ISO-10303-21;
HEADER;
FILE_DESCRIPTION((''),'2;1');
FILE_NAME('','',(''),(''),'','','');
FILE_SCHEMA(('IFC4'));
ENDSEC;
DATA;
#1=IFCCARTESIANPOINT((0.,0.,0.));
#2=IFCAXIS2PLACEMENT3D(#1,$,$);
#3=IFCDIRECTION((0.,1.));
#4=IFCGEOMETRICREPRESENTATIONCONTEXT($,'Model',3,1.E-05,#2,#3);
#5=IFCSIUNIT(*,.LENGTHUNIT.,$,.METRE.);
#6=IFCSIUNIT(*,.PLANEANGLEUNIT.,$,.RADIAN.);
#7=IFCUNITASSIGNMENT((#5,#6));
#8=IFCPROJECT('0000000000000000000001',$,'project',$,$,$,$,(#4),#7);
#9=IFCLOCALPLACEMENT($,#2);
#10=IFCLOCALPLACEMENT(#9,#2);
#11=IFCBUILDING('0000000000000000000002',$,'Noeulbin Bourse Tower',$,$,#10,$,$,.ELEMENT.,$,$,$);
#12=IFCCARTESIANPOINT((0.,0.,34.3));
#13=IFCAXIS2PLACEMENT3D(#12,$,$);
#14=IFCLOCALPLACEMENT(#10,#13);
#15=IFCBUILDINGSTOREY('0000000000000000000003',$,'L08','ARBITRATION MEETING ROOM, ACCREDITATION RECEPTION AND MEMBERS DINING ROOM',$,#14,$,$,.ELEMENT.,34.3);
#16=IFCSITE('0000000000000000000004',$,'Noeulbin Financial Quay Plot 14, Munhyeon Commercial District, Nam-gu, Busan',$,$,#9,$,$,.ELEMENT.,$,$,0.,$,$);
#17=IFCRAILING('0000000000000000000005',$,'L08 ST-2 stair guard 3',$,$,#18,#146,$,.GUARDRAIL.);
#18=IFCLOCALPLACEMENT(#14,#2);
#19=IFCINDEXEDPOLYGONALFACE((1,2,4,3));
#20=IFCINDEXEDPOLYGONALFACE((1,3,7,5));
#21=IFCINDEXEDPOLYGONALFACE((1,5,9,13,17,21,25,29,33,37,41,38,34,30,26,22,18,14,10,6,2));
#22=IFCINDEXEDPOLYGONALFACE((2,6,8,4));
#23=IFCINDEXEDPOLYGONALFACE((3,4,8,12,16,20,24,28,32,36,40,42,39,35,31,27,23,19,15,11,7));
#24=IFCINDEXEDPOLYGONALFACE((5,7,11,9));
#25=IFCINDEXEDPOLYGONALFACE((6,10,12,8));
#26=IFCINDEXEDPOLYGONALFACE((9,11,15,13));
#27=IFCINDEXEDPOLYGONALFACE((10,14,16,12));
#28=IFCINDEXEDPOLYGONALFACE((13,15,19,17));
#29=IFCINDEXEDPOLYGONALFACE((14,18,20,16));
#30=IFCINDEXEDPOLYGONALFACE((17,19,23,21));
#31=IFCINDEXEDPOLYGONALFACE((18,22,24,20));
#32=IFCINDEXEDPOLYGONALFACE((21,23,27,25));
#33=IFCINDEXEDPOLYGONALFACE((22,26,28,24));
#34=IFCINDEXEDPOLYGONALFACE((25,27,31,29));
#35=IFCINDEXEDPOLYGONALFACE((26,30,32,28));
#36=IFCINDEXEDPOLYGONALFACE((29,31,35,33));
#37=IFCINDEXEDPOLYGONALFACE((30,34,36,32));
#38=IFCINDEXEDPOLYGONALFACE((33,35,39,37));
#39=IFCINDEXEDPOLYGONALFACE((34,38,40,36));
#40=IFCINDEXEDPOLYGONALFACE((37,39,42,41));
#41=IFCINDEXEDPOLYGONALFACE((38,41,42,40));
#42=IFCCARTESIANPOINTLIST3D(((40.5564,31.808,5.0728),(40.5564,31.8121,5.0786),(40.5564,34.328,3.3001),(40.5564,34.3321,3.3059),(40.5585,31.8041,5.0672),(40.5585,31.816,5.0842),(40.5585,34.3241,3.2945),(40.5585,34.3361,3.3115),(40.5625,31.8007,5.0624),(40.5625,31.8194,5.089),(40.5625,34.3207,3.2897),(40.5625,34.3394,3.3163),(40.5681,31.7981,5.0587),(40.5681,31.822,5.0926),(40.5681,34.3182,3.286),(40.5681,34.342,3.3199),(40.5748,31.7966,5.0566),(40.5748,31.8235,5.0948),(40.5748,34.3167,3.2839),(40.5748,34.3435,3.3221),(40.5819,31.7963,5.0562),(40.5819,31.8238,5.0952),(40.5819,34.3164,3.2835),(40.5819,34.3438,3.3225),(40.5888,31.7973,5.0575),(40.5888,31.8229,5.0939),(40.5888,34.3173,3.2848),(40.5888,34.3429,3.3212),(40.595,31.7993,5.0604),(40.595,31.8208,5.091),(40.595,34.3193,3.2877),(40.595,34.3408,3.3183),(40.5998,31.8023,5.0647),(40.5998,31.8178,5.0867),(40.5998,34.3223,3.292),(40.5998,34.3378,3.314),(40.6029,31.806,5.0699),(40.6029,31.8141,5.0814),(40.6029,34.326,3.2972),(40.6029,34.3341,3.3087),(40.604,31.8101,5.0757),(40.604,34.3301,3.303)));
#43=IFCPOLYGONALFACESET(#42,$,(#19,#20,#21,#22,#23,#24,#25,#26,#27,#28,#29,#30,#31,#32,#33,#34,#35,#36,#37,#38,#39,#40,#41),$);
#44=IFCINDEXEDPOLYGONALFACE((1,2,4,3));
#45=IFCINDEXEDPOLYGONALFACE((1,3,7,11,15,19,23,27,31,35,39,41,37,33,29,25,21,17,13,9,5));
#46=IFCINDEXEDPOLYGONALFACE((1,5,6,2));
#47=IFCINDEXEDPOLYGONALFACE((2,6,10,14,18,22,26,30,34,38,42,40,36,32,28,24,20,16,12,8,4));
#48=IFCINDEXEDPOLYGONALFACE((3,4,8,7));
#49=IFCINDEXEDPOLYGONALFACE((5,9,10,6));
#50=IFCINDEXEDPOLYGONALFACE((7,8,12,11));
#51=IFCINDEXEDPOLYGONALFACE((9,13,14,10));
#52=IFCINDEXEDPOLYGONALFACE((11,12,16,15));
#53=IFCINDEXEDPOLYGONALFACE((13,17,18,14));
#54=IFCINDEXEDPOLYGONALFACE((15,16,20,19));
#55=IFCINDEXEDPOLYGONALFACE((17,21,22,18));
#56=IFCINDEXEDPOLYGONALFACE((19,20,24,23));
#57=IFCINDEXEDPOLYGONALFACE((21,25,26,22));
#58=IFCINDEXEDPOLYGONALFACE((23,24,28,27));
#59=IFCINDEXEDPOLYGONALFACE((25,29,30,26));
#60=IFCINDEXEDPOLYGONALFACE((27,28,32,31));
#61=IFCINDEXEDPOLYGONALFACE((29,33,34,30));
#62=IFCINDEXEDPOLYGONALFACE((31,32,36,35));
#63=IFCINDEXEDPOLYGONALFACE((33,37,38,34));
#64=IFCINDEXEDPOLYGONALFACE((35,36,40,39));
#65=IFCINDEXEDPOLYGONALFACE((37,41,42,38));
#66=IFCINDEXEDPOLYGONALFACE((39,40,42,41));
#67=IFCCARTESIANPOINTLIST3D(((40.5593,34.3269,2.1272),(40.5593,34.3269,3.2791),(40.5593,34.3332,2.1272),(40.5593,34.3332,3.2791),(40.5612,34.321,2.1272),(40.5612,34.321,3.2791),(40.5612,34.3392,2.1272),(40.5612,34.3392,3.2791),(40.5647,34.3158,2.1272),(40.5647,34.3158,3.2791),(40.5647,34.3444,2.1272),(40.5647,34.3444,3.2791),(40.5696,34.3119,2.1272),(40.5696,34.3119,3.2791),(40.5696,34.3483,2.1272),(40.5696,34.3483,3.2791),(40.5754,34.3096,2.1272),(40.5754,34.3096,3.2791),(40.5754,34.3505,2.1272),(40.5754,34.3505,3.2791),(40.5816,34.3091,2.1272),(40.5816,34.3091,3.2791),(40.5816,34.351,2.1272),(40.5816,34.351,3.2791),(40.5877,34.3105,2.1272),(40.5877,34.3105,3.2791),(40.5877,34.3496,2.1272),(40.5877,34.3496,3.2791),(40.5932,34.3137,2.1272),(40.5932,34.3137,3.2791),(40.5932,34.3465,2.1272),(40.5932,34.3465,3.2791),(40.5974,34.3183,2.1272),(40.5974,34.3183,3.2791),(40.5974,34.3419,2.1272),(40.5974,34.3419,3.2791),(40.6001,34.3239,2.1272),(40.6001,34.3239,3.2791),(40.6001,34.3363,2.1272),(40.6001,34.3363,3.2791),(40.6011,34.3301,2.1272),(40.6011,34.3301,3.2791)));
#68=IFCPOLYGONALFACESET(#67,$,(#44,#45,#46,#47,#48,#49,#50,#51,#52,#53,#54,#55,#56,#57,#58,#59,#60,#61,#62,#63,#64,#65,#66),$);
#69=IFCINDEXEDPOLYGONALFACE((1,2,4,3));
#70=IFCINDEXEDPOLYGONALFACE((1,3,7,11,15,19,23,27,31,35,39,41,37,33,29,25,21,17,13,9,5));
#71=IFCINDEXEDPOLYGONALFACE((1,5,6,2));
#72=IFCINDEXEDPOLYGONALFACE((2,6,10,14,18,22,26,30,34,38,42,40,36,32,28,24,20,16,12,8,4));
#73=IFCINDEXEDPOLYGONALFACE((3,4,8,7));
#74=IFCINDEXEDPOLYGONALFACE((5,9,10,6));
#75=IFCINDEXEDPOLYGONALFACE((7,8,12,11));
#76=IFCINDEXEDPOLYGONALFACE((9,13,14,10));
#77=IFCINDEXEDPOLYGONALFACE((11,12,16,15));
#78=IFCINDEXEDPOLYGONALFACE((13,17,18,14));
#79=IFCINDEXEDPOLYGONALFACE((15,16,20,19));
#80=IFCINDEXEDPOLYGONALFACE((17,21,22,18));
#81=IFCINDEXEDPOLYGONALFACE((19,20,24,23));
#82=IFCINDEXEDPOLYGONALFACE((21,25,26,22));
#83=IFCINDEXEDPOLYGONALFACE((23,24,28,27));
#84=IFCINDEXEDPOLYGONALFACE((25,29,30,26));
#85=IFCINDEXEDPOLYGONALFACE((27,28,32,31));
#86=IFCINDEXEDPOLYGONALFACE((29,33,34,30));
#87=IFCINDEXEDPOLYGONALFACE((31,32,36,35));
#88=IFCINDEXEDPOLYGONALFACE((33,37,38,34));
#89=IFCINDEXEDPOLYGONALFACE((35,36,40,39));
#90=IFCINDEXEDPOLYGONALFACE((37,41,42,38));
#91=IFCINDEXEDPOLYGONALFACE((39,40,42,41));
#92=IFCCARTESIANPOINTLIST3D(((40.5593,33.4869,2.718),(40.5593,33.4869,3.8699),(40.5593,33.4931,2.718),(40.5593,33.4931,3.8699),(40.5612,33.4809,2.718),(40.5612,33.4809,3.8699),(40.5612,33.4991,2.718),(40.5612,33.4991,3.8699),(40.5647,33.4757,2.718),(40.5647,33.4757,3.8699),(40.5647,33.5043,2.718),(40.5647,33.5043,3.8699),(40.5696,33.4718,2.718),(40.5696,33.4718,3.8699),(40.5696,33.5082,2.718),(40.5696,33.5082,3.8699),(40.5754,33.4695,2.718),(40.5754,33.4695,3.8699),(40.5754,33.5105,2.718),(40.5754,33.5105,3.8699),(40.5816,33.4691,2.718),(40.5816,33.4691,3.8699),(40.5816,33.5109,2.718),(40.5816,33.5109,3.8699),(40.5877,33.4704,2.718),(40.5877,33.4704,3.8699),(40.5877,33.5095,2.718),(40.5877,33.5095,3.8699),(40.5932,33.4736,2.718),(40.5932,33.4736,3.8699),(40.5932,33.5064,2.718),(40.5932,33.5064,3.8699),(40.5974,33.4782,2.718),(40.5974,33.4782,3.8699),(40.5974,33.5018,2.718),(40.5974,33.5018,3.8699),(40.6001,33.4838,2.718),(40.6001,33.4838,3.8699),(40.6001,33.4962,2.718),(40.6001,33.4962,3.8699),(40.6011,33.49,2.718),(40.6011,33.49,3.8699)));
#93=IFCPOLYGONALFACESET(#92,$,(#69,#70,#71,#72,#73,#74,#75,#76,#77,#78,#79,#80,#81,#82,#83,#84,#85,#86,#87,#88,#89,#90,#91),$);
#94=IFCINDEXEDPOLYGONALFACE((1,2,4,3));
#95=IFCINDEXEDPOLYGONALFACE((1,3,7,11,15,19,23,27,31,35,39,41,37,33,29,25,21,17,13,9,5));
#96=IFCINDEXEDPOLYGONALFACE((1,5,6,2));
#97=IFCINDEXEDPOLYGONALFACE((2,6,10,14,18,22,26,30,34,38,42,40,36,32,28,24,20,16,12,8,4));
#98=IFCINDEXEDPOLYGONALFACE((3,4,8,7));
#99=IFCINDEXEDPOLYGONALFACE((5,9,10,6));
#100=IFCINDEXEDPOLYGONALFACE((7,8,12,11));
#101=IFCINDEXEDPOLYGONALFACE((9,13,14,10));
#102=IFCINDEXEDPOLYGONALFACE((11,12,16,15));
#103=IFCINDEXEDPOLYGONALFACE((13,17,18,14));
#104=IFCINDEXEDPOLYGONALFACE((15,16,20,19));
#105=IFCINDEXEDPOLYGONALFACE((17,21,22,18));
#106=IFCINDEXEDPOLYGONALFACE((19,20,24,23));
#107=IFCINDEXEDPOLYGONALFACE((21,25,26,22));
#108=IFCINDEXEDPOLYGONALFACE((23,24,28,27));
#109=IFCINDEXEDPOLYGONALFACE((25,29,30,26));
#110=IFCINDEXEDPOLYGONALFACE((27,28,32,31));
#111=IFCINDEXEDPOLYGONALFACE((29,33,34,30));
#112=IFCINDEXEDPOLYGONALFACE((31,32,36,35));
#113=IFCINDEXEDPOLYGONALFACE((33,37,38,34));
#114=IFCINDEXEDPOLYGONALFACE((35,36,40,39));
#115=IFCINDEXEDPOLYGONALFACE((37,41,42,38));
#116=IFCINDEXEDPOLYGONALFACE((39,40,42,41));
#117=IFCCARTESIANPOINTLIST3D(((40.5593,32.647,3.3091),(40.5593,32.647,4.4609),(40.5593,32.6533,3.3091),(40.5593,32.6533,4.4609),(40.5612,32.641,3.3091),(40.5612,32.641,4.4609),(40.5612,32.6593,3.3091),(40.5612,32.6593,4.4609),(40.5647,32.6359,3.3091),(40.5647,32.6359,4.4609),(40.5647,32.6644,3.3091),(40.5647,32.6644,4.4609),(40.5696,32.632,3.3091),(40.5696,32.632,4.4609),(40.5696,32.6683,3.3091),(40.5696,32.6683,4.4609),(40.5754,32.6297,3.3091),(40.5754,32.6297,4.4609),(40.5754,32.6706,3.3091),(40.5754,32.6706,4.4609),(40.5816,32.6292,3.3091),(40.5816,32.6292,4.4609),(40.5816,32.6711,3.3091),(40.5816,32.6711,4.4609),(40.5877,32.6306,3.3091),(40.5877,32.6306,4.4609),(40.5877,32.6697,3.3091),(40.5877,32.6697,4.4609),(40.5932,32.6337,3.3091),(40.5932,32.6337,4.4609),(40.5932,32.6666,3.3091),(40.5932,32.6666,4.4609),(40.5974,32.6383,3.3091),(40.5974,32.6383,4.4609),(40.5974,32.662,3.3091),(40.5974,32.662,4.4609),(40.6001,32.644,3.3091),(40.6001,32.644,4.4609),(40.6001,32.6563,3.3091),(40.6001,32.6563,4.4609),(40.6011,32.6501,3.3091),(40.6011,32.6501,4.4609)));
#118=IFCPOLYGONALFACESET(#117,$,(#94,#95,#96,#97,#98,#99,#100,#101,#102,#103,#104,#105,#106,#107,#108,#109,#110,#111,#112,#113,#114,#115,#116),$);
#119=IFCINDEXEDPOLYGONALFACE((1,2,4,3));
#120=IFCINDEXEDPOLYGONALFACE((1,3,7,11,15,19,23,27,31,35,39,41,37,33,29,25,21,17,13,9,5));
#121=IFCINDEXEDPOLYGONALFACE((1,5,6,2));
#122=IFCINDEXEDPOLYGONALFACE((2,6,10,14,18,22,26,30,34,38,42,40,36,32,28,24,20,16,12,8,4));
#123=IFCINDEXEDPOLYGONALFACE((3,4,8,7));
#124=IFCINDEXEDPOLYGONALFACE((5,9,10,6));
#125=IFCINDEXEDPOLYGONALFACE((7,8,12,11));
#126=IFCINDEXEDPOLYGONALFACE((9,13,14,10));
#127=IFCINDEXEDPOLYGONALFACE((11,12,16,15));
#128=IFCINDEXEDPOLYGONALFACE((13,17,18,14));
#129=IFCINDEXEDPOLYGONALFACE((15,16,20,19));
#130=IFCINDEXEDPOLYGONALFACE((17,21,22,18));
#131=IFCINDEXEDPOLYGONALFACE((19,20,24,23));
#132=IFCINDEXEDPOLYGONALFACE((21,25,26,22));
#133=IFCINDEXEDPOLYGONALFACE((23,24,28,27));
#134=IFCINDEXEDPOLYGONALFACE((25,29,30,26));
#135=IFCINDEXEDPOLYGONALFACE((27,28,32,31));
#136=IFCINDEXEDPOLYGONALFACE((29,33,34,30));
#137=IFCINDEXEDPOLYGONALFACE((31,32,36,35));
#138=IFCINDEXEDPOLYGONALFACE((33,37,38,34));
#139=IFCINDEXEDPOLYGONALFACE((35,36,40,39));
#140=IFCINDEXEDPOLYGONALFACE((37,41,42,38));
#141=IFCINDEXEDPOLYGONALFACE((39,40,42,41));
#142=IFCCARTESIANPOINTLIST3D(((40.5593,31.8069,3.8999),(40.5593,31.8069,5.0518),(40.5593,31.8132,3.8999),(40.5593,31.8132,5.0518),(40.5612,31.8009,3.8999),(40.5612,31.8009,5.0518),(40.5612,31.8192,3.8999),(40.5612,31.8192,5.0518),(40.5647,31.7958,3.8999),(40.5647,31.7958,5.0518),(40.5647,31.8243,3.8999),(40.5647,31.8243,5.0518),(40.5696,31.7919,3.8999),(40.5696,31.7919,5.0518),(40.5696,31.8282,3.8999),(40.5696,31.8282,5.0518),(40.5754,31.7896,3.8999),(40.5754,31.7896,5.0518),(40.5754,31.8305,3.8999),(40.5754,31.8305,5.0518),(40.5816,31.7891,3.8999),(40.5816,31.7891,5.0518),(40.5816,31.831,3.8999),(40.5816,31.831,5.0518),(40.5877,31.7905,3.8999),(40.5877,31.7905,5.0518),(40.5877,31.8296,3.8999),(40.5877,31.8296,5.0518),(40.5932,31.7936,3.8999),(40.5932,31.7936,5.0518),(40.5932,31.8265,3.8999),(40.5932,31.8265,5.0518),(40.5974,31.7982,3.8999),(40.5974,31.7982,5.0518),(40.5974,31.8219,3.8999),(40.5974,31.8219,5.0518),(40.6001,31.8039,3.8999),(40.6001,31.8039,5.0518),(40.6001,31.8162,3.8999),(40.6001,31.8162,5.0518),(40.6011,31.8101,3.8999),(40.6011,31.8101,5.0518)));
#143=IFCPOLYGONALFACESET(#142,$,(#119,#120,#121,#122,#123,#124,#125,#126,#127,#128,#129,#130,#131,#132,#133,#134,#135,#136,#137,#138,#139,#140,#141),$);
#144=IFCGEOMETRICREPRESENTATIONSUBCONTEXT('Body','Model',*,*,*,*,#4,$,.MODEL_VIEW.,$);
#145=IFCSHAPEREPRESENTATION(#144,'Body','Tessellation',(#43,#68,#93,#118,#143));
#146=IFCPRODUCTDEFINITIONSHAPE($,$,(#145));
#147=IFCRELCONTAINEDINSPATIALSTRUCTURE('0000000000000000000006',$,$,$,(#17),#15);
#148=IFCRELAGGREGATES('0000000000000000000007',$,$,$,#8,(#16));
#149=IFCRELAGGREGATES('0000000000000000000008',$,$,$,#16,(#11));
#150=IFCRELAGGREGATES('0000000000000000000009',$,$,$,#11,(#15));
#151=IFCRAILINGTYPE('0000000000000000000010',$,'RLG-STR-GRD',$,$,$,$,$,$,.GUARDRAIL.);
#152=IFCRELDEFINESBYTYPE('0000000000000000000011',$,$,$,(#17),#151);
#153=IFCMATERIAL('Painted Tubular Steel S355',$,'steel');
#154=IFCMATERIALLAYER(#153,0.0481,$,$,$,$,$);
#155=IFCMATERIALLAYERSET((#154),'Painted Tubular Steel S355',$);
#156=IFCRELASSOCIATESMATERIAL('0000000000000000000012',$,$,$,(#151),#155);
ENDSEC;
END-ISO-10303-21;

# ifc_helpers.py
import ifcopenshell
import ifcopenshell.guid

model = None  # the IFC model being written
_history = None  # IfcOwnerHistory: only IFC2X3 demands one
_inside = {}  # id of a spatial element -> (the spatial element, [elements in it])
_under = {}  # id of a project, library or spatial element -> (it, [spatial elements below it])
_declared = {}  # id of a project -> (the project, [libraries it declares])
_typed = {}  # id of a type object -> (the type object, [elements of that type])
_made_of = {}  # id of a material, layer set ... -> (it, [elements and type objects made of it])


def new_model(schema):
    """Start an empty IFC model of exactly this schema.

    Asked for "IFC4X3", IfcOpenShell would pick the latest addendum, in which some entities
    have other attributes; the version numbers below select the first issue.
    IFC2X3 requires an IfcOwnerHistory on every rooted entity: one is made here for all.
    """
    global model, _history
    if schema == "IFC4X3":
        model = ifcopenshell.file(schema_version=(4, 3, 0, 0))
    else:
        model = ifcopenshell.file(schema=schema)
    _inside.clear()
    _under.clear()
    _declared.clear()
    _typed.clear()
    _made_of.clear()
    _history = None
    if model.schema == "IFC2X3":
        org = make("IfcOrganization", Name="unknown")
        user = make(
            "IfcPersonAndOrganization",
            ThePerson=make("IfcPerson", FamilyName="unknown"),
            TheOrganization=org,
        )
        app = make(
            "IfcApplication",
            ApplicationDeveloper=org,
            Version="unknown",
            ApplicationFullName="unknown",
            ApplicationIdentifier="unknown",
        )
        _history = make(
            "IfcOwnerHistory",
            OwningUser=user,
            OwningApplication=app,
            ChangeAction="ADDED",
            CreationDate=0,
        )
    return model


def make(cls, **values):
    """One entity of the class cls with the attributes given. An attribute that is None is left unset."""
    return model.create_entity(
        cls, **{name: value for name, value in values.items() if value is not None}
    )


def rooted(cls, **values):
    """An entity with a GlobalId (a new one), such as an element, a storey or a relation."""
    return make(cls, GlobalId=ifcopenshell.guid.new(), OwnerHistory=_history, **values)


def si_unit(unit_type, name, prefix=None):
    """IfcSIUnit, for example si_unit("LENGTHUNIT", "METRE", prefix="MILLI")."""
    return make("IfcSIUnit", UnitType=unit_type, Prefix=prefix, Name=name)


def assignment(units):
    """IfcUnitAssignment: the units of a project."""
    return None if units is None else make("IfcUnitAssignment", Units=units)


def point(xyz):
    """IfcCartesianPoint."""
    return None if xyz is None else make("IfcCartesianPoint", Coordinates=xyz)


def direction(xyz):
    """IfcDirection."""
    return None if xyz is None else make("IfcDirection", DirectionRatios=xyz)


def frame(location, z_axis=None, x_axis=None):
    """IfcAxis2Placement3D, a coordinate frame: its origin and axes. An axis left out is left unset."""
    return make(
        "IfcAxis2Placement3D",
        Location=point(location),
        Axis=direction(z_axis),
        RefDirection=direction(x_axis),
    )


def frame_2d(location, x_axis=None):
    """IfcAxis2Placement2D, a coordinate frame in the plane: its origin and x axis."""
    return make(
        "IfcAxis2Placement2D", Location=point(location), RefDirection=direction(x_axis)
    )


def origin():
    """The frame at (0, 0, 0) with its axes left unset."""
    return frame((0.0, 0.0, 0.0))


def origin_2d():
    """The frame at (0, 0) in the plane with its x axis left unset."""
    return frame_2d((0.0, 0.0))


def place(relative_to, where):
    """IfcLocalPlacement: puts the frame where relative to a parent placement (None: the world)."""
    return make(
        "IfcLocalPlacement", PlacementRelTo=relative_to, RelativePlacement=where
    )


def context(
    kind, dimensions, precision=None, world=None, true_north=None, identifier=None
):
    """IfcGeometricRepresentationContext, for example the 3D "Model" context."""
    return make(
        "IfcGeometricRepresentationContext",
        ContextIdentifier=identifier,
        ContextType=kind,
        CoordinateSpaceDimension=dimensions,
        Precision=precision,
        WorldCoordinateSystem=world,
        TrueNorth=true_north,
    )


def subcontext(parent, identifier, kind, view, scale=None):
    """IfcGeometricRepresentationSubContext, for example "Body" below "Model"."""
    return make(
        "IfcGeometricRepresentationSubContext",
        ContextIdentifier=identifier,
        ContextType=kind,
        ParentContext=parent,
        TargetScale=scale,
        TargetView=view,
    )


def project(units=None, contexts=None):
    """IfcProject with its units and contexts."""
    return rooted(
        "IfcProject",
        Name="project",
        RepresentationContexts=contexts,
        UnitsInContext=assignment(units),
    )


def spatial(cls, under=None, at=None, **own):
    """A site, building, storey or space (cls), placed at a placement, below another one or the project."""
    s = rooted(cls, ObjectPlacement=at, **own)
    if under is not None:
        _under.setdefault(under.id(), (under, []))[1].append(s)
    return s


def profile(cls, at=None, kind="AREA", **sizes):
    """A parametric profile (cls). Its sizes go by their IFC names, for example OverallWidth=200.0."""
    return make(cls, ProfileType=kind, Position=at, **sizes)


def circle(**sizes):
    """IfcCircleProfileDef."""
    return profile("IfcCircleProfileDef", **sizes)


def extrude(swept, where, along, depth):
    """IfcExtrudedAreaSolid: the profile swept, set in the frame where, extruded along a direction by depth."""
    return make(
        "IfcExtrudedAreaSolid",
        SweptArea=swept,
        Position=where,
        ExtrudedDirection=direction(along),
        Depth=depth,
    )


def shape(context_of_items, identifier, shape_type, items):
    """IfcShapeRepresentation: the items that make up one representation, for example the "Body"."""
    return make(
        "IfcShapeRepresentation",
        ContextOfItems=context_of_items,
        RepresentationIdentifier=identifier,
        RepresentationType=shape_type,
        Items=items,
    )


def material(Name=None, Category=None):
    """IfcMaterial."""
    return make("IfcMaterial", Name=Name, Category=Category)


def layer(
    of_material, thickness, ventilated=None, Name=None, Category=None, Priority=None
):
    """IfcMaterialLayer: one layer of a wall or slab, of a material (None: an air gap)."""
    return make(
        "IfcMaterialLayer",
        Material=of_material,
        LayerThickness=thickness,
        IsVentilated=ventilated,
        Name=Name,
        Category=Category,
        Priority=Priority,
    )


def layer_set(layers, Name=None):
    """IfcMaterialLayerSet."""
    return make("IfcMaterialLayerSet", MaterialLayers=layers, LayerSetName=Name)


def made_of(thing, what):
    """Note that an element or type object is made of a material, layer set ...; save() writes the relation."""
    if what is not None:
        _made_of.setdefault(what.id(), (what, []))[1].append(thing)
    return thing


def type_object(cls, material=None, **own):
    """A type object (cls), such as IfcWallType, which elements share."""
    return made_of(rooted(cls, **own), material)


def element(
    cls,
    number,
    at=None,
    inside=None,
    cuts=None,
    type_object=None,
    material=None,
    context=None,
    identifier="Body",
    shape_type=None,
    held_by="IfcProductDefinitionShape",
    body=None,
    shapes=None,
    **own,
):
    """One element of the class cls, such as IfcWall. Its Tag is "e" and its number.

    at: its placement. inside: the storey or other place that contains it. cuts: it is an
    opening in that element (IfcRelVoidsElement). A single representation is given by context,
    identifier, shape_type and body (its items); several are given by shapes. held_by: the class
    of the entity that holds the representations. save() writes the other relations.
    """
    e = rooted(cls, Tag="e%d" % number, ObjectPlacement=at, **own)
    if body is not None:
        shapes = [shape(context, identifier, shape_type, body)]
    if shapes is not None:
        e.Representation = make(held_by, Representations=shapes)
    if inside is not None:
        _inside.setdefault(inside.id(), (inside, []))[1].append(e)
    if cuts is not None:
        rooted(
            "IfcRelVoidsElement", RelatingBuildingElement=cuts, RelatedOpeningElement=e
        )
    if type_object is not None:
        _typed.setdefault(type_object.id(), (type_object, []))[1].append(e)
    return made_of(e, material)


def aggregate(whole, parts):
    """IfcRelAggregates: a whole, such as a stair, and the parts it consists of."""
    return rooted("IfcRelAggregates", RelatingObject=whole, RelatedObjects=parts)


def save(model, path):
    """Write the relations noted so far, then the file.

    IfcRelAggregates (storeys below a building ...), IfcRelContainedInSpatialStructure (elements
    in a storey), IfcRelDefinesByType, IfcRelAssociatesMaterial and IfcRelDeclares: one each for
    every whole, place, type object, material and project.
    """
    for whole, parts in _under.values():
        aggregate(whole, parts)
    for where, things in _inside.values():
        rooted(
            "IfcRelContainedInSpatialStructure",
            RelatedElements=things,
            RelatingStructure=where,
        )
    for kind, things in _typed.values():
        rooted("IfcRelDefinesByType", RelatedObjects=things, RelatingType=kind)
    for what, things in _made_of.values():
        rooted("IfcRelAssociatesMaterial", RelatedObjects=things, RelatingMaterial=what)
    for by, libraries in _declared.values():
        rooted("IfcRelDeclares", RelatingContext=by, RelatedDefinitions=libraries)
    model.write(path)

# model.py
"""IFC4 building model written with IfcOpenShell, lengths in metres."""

from ifc_helpers import new_model, si_unit, direction, frame, origin, origin_2d, place, context, subcontext, project, spatial, circle, extrude, material, layer, layer_set, type_object, element, save


model = new_model("IFC4")

# Units and contexts
model_context = context("Model", 3, precision=1e-05, world=origin(), true_north=direction((0.0, 1.0)))
body_context = subcontext(model_context, "Body", "Model", "MODEL_VIEW")
ifc_project = project(units=[si_unit("LENGTHUNIT", "METRE"), si_unit("PLANEANGLEUNIT", "RADIAN")], contexts=[model_context])

# Site, building, storey
site_placement = place(None, origin())
site = spatial("IfcSite", under=ifc_project, at=site_placement, Name="Noeulbin Financial Quay Plot 14, Munhyeon Commercial District, Nam-gu, Busan", CompositionType="ELEMENT", RefElevation=0.0)
building_placement = place(site_placement, origin())
building = spatial("IfcBuilding", under=site, at=building_placement, Name="Noeulbin Bourse Tower", CompositionType="ELEMENT")
storey_placement = place(building_placement, frame((0.0, 0.0, 34.3)))
storey = spatial("IfcBuildingStorey", under=building, at=storey_placement, Name="L08", Description="ARBITRATION MEETING ROOM, ACCREDITATION RECEPTION AND MEMBERS DINING ROOM", CompositionType="ELEMENT", Elevation=34.3)

# Railing
ifc_material_1 = material(Name="Painted Tubular Steel S355", Category="steel")
ifc_layer_1 = layer(ifc_material_1, 0.0481)
ifc_layer_set_1 = layer_set([ifc_layer_1], Name="Painted Tubular Steel S355")
railing_type_1 = type_object("IfcRailingType", Name="RLG-STR-GRD", PredefinedType="GUARDRAIL", material=ifc_layer_set_1)
railing_1_placement = place(storey_placement, frame((40.5801, 34.3301, 2.1272)))
element("IfcRailing", 1, at=railing_1_placement, inside=storey, type_object=railing_type_1, Name="L08 ST-2 stair guard 3", PredefinedType="GUARDRAIL", context=body_context, shape_type="SweptSolid", body=[
    extrude(circle(Radius=0.0239, at=origin_2d()), frame((0.0, 0.0, 1.1758), z_axis=(0.0, -0.817904, 0.575354), x_axis=(1.0, 0.0, 0.0)), (0.0, 0.0, 1.0), 3.0811),
    extrude(circle(Radius=0.021, at=origin_2d()), origin(), (0.0, 0.0, 1.0), 1.1519),
    extrude(circle(Radius=0.021, at=origin_2d()), frame((0.0, -0.8401, 0.5908)), (0.0, 0.0, 1.0), 1.1519),
    extrude(circle(Radius=0.021, at=origin_2d()), frame((0.0, -1.6799, 1.1819)), (0.0, 0.0, 1.0), 1.1519),
    extrude(circle(Radius=0.021, at=origin_2d()), frame((0.0, -2.52, 1.7727)), (0.0, 0.0, 1.0), 1.1519),
])

save(model, "model.ifc")
